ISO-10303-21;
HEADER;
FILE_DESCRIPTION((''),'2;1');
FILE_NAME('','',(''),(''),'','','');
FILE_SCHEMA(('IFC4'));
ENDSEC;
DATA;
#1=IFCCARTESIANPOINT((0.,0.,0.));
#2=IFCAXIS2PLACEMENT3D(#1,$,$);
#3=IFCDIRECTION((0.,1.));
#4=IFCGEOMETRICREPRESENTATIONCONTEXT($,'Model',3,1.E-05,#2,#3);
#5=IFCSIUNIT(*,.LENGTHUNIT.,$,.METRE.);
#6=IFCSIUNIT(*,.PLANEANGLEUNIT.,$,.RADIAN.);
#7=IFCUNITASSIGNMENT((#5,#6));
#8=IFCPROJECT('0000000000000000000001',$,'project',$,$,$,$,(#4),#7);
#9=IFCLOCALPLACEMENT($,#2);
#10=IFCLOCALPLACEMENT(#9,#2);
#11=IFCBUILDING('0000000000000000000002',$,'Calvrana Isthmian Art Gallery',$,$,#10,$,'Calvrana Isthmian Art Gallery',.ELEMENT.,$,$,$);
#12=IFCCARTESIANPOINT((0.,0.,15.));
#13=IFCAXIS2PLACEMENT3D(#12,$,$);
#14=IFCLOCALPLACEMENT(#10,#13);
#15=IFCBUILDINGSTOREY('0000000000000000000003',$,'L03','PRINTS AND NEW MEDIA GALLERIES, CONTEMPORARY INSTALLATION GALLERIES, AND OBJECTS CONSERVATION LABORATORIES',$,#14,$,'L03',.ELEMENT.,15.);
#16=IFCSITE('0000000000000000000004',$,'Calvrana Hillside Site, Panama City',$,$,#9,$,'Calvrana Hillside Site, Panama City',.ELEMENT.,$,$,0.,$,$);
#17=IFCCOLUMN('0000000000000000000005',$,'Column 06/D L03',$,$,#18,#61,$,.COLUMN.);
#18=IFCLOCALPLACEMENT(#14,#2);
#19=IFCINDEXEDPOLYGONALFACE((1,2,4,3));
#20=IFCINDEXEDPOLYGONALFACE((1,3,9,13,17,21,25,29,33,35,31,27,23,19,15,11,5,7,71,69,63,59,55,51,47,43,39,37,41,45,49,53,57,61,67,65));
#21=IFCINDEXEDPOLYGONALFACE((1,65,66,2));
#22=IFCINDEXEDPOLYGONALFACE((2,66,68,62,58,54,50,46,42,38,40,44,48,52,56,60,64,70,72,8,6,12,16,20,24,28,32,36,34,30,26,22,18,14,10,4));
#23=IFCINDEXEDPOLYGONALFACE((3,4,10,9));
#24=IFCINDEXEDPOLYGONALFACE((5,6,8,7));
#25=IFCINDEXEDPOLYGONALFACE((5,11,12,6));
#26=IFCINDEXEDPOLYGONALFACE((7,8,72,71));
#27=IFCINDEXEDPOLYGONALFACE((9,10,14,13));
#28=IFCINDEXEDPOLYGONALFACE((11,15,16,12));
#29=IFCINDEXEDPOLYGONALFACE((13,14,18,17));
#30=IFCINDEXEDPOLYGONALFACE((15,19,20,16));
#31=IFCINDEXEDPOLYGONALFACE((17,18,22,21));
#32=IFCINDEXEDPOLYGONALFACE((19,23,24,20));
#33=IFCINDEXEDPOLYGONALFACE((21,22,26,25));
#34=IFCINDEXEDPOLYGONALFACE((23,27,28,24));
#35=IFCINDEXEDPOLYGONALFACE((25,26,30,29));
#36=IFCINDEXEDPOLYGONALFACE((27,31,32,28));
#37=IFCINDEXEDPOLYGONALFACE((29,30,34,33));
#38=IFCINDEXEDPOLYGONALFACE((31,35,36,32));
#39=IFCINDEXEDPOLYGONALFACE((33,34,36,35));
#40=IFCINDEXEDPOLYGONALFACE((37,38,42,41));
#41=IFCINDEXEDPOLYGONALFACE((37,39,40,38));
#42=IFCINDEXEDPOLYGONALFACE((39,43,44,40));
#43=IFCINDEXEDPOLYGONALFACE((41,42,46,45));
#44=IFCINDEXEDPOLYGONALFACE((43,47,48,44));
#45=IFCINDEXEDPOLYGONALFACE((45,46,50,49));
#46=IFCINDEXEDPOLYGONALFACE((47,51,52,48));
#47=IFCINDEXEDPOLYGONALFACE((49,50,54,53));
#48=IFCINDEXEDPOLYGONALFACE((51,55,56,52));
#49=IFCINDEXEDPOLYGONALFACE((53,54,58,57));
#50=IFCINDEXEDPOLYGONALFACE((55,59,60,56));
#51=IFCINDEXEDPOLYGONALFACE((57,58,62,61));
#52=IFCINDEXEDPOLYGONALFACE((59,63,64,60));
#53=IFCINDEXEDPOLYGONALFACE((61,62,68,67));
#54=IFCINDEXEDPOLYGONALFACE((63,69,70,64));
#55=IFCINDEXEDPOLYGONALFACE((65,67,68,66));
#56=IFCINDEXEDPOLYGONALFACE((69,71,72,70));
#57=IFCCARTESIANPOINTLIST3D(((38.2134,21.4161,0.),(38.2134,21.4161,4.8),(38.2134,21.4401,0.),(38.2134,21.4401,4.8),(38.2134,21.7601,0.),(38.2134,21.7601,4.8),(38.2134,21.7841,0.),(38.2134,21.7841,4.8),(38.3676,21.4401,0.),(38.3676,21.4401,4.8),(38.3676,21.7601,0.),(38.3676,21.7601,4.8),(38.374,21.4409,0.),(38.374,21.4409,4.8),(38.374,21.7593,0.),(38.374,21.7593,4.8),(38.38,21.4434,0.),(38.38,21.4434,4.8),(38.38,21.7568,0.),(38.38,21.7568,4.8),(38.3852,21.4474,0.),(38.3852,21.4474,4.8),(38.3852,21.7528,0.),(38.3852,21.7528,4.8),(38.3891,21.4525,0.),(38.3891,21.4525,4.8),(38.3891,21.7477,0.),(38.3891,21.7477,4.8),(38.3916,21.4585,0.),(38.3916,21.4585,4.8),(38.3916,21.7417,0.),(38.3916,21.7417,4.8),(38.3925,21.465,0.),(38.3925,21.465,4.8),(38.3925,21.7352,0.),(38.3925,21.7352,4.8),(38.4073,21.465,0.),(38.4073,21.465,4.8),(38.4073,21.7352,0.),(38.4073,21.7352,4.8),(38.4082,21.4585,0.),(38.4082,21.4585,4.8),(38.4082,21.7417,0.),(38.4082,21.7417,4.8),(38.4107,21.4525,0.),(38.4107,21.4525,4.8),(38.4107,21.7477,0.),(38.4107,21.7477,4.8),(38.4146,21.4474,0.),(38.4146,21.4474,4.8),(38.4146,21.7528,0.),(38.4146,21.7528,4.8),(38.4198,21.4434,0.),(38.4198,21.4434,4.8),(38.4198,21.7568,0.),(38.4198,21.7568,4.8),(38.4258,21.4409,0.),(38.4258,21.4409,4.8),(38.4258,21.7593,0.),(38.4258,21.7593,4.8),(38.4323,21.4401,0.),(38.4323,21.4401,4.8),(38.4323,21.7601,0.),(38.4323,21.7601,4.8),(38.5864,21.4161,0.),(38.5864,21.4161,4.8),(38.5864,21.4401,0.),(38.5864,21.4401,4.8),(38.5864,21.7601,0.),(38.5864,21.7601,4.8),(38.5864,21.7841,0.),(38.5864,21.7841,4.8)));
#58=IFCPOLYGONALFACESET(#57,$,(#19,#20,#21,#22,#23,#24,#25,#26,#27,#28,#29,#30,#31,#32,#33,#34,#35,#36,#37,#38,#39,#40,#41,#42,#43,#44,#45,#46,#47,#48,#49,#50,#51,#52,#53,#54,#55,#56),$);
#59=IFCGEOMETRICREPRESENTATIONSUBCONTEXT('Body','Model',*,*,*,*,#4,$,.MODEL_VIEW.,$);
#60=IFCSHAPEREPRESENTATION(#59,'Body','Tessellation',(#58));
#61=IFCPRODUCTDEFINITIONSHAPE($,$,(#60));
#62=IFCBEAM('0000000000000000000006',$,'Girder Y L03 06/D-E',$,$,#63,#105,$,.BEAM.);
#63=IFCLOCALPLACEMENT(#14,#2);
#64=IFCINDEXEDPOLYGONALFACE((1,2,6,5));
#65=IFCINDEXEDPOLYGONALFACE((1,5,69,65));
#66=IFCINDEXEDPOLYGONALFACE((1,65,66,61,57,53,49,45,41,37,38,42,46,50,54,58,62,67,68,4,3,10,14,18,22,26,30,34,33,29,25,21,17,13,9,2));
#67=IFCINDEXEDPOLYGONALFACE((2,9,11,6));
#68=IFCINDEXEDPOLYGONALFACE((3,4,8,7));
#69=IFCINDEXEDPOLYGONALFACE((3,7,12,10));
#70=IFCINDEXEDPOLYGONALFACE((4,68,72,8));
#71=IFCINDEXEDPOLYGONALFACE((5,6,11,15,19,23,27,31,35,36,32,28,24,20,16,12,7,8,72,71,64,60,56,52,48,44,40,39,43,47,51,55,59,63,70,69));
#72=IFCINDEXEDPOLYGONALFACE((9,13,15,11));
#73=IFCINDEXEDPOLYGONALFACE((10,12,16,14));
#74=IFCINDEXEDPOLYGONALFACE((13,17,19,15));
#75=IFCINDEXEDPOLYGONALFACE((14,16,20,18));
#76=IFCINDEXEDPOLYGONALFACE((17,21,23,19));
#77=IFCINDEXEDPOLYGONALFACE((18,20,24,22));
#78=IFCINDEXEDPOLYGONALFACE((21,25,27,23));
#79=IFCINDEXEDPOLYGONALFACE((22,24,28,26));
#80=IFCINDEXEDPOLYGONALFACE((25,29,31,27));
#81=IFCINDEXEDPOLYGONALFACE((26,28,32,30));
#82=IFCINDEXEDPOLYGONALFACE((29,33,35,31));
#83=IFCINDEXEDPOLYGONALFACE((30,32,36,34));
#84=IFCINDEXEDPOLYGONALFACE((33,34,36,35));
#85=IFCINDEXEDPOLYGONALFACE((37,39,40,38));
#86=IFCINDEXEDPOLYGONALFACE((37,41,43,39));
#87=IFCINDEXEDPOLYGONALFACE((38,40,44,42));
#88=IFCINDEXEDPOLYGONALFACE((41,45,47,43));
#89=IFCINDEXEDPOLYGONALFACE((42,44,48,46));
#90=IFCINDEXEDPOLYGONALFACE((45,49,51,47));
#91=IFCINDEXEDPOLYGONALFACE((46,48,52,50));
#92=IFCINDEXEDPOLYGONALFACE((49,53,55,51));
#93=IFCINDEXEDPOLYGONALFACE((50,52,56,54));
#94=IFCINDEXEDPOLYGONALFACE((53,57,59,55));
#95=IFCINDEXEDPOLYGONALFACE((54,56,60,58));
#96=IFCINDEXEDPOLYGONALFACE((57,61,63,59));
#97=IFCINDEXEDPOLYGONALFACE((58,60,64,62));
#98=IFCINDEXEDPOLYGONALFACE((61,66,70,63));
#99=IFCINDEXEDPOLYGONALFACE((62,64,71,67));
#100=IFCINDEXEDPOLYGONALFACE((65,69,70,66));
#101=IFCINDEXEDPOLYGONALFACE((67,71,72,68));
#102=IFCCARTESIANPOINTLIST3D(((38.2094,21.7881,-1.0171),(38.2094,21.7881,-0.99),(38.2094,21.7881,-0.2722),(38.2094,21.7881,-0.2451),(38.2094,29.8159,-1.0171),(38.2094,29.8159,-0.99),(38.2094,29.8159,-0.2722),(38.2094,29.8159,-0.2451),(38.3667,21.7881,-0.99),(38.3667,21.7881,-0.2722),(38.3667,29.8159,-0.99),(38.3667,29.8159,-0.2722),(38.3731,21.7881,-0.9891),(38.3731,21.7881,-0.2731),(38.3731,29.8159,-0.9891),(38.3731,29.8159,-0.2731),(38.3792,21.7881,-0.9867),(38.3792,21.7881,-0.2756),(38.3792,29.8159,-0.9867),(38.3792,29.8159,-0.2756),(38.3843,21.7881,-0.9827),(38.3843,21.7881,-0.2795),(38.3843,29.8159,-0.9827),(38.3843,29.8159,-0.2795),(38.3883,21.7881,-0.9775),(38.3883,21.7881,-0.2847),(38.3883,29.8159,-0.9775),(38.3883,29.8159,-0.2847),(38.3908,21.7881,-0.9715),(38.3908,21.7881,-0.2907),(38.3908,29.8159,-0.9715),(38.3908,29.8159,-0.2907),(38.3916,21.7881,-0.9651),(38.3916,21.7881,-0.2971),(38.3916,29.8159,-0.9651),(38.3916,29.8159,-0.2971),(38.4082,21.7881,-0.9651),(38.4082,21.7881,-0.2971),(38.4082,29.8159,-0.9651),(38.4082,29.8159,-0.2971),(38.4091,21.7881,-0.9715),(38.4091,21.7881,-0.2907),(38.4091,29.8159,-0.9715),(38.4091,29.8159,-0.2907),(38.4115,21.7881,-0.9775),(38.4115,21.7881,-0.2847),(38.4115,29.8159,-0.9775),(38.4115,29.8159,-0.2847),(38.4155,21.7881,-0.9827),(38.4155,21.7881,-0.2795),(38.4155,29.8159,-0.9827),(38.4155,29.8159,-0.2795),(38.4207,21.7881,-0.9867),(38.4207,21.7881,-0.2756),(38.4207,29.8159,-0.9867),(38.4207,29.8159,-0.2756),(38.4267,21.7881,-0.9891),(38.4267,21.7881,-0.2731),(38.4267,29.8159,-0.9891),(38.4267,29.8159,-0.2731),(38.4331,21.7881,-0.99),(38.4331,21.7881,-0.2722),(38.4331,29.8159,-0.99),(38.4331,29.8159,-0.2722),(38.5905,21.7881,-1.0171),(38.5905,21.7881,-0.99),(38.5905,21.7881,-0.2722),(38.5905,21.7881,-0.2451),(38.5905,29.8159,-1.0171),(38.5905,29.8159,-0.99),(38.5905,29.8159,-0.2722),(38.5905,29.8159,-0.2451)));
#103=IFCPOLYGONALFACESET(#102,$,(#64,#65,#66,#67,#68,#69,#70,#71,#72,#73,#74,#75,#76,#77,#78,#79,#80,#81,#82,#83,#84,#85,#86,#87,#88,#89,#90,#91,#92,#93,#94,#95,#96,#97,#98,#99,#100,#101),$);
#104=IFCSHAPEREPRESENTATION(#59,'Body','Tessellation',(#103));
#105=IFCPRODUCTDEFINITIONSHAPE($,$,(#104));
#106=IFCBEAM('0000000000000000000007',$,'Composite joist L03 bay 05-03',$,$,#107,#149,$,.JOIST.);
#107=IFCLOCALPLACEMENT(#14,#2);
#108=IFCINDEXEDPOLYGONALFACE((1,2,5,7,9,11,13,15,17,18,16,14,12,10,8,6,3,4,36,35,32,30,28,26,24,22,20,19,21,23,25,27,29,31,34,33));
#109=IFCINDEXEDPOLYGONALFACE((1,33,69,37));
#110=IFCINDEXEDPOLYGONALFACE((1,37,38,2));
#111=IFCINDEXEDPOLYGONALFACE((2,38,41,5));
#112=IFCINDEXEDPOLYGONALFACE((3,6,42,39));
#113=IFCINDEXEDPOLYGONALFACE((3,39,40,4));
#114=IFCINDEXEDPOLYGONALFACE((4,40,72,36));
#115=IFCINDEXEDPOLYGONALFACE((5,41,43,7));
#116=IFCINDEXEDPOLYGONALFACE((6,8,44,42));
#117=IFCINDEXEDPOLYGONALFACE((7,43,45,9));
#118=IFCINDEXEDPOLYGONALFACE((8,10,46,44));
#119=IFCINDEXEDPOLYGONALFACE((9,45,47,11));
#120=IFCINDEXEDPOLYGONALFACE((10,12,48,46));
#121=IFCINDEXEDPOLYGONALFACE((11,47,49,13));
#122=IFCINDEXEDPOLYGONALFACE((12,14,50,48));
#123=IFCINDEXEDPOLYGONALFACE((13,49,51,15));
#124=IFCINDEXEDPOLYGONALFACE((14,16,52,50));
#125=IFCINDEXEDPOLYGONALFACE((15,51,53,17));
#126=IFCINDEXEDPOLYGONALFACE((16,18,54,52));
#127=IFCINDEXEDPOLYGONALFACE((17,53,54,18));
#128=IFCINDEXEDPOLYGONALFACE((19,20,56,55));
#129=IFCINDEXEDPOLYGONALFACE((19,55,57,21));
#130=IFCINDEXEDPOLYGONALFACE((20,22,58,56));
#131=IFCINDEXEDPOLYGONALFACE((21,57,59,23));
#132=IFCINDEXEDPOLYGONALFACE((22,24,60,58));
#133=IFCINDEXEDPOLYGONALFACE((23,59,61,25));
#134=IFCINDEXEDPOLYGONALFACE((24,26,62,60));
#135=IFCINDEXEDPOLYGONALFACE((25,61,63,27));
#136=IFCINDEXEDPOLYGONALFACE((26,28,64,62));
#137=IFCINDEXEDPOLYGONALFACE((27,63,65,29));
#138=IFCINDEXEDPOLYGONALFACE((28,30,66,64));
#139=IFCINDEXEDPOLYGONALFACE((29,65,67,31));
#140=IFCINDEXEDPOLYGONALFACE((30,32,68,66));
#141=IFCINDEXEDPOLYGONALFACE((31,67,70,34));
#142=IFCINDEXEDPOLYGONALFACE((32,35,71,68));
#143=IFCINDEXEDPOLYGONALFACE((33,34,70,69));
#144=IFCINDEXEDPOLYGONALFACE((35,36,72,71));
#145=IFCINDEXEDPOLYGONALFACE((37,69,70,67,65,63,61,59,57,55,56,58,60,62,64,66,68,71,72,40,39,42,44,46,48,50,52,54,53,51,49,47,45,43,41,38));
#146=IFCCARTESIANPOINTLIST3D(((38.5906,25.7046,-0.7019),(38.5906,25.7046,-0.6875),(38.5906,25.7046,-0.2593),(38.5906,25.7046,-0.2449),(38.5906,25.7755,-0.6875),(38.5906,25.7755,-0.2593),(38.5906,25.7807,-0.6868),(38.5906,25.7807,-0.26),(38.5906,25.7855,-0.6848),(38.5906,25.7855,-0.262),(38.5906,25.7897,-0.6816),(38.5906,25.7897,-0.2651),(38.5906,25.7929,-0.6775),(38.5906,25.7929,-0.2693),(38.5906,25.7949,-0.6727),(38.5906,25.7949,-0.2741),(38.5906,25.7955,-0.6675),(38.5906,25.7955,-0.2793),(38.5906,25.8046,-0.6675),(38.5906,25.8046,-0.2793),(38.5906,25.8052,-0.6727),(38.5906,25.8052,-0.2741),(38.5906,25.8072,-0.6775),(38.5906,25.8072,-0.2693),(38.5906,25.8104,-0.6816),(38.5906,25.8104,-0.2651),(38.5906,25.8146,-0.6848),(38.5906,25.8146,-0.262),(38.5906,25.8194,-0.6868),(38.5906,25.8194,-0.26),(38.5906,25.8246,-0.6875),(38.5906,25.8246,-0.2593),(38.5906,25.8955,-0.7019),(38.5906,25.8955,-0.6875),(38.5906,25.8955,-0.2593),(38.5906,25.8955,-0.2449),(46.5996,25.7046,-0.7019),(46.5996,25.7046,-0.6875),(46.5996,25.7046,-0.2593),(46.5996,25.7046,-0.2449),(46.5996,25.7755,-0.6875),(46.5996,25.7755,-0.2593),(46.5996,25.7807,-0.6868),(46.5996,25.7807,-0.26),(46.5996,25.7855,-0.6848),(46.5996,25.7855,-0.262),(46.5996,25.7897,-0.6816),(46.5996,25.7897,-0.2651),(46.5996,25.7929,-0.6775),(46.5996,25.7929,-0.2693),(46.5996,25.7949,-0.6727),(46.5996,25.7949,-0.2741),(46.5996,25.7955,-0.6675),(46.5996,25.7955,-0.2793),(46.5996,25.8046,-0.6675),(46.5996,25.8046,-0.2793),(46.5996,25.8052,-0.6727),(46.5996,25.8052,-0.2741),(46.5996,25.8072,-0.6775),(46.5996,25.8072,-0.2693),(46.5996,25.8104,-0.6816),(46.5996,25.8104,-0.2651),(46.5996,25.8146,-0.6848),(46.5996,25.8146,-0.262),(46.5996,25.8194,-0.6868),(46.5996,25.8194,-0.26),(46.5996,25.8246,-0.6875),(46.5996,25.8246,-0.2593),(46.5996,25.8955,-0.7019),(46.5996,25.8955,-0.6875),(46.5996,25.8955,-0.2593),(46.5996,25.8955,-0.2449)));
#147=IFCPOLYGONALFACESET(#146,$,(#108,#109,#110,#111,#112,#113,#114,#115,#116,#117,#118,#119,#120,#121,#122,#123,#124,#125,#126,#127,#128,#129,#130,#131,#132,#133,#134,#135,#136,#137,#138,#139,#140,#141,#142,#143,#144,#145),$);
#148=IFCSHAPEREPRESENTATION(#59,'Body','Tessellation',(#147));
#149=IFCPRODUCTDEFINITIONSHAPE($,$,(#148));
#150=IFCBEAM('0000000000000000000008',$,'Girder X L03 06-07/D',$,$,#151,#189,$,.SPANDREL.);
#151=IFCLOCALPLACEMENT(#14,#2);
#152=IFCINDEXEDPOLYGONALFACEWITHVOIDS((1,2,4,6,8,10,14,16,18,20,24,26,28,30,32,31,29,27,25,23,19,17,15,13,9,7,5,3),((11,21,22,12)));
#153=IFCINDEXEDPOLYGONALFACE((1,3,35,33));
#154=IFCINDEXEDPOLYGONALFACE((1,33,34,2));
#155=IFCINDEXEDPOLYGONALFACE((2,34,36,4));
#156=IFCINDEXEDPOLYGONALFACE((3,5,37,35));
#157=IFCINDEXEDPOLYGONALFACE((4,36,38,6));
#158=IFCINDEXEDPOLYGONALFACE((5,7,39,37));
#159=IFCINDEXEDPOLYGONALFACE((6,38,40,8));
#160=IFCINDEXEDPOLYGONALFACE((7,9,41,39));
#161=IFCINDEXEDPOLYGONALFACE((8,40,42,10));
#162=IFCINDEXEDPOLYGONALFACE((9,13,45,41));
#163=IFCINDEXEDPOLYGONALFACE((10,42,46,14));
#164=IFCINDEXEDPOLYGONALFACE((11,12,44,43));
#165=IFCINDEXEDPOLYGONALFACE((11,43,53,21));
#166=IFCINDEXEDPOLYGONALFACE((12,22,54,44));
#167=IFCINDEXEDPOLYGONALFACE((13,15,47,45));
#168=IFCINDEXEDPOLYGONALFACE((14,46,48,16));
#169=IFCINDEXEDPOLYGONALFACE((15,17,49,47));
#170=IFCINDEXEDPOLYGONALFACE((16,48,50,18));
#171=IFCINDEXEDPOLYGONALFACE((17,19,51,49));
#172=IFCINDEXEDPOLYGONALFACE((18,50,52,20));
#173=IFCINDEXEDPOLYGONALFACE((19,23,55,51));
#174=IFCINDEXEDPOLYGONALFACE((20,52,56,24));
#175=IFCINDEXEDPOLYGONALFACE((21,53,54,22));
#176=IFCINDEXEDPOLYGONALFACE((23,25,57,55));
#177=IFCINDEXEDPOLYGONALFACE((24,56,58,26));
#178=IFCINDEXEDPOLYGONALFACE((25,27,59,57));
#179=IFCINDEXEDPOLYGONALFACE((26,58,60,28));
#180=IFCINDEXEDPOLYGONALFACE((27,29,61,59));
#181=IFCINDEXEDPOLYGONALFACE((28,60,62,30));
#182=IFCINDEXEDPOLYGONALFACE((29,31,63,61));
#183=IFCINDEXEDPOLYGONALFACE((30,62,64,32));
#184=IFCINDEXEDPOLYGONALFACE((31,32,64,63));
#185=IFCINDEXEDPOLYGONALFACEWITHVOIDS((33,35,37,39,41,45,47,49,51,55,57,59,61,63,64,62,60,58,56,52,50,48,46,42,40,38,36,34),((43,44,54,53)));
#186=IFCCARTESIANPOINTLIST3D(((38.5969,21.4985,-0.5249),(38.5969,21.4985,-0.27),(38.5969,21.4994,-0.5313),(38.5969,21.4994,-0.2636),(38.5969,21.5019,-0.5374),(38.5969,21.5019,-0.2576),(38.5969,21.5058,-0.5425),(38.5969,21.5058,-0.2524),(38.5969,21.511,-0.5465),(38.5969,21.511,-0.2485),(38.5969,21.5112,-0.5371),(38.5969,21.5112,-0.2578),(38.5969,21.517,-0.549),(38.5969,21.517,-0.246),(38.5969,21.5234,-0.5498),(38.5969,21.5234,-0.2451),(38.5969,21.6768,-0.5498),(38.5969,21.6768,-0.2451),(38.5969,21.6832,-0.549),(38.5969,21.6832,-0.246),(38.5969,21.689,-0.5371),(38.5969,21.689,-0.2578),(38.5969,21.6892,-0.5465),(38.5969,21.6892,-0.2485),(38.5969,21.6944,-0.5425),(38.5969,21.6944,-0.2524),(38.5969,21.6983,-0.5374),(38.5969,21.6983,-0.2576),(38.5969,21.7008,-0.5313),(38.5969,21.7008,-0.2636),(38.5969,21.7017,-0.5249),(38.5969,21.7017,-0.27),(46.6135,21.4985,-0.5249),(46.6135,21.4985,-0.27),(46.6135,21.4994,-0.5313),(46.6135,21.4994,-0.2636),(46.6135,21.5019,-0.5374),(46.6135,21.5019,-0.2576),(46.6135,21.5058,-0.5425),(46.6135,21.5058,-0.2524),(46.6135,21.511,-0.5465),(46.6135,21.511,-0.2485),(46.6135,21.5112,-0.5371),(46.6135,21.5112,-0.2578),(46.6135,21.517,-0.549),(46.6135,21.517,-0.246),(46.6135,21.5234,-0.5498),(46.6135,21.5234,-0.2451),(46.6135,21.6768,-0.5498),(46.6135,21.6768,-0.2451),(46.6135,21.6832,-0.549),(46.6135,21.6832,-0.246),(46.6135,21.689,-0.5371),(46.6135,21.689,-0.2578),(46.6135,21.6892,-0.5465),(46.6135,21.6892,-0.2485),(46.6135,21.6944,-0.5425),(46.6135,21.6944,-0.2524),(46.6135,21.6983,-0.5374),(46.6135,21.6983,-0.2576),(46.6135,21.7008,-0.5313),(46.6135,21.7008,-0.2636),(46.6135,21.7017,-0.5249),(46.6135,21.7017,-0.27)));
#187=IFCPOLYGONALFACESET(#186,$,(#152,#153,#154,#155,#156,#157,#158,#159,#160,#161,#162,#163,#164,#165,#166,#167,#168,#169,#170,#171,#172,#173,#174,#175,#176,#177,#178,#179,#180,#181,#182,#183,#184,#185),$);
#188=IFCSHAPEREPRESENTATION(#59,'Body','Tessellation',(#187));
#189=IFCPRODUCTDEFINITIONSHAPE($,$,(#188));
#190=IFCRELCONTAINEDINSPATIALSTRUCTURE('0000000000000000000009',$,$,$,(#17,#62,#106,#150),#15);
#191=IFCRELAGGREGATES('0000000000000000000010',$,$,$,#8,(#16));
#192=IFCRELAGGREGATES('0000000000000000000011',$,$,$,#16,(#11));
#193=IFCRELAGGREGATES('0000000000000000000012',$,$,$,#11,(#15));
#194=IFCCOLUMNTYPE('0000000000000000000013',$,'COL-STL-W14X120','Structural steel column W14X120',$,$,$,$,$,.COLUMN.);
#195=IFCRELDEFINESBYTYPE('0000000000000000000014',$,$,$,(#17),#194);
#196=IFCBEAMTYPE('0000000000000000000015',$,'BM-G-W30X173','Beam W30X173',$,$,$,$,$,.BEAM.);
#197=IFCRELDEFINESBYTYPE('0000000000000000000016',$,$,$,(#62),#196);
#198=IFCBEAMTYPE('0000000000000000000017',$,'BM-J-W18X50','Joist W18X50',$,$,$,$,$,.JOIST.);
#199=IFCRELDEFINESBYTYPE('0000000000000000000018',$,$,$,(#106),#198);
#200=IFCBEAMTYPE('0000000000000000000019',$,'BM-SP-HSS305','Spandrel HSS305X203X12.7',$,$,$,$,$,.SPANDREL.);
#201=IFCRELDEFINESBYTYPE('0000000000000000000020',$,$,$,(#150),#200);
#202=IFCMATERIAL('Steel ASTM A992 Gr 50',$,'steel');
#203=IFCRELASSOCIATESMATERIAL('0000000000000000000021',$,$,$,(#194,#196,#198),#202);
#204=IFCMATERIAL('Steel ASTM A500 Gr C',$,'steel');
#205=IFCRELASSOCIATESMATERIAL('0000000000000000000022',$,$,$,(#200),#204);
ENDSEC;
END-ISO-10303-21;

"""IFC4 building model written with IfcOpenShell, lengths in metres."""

from ifc_helpers import new_model, si_unit, direction, frame, origin, origin_2d, place, context, subcontext, project, spatial, hollow_rectangle, i_section, extrude, material, material_profile, profile_set, type_object, element, save


model = new_model("IFC4")

# Units and contexts
model_context = context("Model", 3, precision=1e-05, world=origin(), true_north=direction((0.0, 1.0)))
body_context = subcontext(model_context, "Body", "Model", "MODEL_VIEW")
ifc_project = project(units=[si_unit("LENGTHUNIT", "METRE"), si_unit("PLANEANGLEUNIT", "RADIAN")], contexts=[model_context])

# Site, building, storey
site_placement = place(None, origin())
site = spatial("IfcSite", under=ifc_project, at=site_placement, Name="Calvrana Hillside Site, Panama City", LongName="Calvrana Hillside Site, Panama City", CompositionType="ELEMENT", RefElevation=0.0)
building_placement = place(site_placement, origin())
building = spatial("IfcBuilding", under=site, at=building_placement, Name="Calvrana Isthmian Art Gallery", LongName="Calvrana Isthmian Art Gallery", CompositionType="ELEMENT")
storey_placement = place(building_placement, frame((0.0, 0.0, 15.0)))
storey = spatial("IfcBuildingStorey", under=building, at=storey_placement, Name="L03", Description="PRINTS AND NEW MEDIA GALLERIES, CONTEMPORARY INSTALLATION GALLERIES, AND OBJECTS CONSERVATION LABORATORIES", LongName="L03", CompositionType="ELEMENT", Elevation=15.0)

# Column
ifc_material_1 = material(Name="Steel ASTM A992 Gr 50", Category="steel")
ifc_material_profile_1 = material_profile(ifc_material_1, i_section(OverallWidth=0.373, OverallDepth=0.3679, WebThickness=0.0149, FlangeThickness=0.0239, FilletRadius=0.0249, at=origin_2d()), Name="W14X120")
ifc_profile_set_1 = profile_set([ifc_material_profile_1], Name="Steel ASTM A992 Gr 50")
column_type = type_object("IfcColumnType", Name="COL-STL-W14X120", Description="Structural steel column W14X120", PredefinedType="COLUMN", material=ifc_profile_set_1)
column_placement = place(storey_placement, frame((38.3999, 21.6001, 0.0), z_axis=(0.0, 0.0, 1.0), x_axis=(1.0, 0.0, 0.0)))
element("IfcColumn", 1, at=column_placement, inside=storey, type_object=column_type, Name="Column 06/D L03", PredefinedType="COLUMN", context=body_context, shape_type="SweptSolid", body=[
    extrude(i_section(OverallWidth=0.373, OverallDepth=0.3679, WebThickness=0.0149, FlangeThickness=0.0239, FilletRadius=0.0249, at=origin_2d()), origin(), (0.0, 0.0, 1.0), 4.8),
])

# Beams
ifc_material_profile_2 = material_profile(ifc_material_1, i_section(OverallWidth=0.3811, OverallDepth=0.772, WebThickness=0.0166, FlangeThickness=0.0271, FilletRadius=0.0249, at=origin_2d()), Name="W30X173")
ifc_profile_set_2 = profile_set([ifc_material_profile_2], Name="Steel ASTM A992 Gr 50")
beam_type_1 = type_object("IfcBeamType", Name="BM-G-W30X173", Description="Beam W30X173", PredefinedType="BEAM", material=ifc_profile_set_2)
beam_1_placement = place(storey_placement, frame((38.3999, 21.7881, -0.6311), z_axis=(0.0, 1.0, 0.0), x_axis=(-1.0, 0.0, 0.0)))
element("IfcBeam", 2, at=beam_1_placement, inside=storey, type_object=beam_type_1, Name="Girder Y L03 06/D-E", PredefinedType="BEAM", context=body_context, shape_type="SweptSolid", body=[
    extrude(i_section(OverallWidth=0.3811, OverallDepth=0.772, WebThickness=0.0166, FlangeThickness=0.0271, FilletRadius=0.0249, at=origin_2d()), origin(), (0.0, 0.0, 1.0), 8.0278),
])
ifc_material_profile_3 = material_profile(ifc_material_1, i_section(OverallWidth=0.1909, OverallDepth=0.457, WebThickness=0.009, FlangeThickness=0.0144, FilletRadius=0.02, at=origin_2d()), Name="W18X50")
ifc_profile_set_3 = profile_set([ifc_material_profile_3], Name="Steel ASTM A992 Gr 50")
beam_type_2 = type_object("IfcBeamType", Name="BM-J-W18X50", Description="Joist W18X50", PredefinedType="JOIST", material=ifc_profile_set_3)
beam_2_placement = place(storey_placement, frame((38.5906, 25.8, -0.4734), z_axis=(1.0, 0.0, 0.0), x_axis=(0.0, 1.0, 0.0)))
element("IfcBeam", 3, at=beam_2_placement, inside=storey, type_object=beam_type_2, Name="Composite joist L03 bay 05-03", PredefinedType="JOIST", context=body_context, shape_type="SweptSolid", body=[
    extrude(i_section(OverallWidth=0.1909, OverallDepth=0.457, WebThickness=0.009, FlangeThickness=0.0144, FilletRadius=0.02, at=origin_2d()), origin(), (0.0, 0.0, 1.0), 8.009),
])
ifc_material_2 = material(Name="Steel ASTM A500 Gr C", Category="steel")
ifc_material_profile_4 = material_profile(ifc_material_2, hollow_rectangle(XDim=0.2031, YDim=0.3047, WallThickness=0.0127, OuterFilletRadius=0.0249, at=origin_2d()), Name="HSS305X203X12.7")
ifc_profile_set_4 = profile_set([ifc_material_profile_4], Name="Steel ASTM A500 Gr C")
beam_type_3 = type_object("IfcBeamType", Name="BM-SP-HSS305", Description="Spandrel HSS305X203X12.7", PredefinedType="SPANDREL", material=ifc_profile_set_4)
beam_3_placement = place(storey_placement, frame((38.5969, 21.6001, -0.3975), z_axis=(1.0, 0.0, 0.0), x_axis=(0.0, 1.0, 0.0)))
element("IfcBeam", 4, at=beam_3_placement, inside=storey, type_object=beam_type_3, Name="Girder X L03 06-07/D", PredefinedType="SPANDREL", context=body_context, shape_type="SweptSolid", body=[
    extrude(hollow_rectangle(XDim=0.2031, YDim=0.3047, WallThickness=0.0127, OuterFilletRadius=0.0249, at=origin_2d()), origin(), (0.0, 0.0, 1.0), 8.0166),
])

save(model, "model.ifc")
